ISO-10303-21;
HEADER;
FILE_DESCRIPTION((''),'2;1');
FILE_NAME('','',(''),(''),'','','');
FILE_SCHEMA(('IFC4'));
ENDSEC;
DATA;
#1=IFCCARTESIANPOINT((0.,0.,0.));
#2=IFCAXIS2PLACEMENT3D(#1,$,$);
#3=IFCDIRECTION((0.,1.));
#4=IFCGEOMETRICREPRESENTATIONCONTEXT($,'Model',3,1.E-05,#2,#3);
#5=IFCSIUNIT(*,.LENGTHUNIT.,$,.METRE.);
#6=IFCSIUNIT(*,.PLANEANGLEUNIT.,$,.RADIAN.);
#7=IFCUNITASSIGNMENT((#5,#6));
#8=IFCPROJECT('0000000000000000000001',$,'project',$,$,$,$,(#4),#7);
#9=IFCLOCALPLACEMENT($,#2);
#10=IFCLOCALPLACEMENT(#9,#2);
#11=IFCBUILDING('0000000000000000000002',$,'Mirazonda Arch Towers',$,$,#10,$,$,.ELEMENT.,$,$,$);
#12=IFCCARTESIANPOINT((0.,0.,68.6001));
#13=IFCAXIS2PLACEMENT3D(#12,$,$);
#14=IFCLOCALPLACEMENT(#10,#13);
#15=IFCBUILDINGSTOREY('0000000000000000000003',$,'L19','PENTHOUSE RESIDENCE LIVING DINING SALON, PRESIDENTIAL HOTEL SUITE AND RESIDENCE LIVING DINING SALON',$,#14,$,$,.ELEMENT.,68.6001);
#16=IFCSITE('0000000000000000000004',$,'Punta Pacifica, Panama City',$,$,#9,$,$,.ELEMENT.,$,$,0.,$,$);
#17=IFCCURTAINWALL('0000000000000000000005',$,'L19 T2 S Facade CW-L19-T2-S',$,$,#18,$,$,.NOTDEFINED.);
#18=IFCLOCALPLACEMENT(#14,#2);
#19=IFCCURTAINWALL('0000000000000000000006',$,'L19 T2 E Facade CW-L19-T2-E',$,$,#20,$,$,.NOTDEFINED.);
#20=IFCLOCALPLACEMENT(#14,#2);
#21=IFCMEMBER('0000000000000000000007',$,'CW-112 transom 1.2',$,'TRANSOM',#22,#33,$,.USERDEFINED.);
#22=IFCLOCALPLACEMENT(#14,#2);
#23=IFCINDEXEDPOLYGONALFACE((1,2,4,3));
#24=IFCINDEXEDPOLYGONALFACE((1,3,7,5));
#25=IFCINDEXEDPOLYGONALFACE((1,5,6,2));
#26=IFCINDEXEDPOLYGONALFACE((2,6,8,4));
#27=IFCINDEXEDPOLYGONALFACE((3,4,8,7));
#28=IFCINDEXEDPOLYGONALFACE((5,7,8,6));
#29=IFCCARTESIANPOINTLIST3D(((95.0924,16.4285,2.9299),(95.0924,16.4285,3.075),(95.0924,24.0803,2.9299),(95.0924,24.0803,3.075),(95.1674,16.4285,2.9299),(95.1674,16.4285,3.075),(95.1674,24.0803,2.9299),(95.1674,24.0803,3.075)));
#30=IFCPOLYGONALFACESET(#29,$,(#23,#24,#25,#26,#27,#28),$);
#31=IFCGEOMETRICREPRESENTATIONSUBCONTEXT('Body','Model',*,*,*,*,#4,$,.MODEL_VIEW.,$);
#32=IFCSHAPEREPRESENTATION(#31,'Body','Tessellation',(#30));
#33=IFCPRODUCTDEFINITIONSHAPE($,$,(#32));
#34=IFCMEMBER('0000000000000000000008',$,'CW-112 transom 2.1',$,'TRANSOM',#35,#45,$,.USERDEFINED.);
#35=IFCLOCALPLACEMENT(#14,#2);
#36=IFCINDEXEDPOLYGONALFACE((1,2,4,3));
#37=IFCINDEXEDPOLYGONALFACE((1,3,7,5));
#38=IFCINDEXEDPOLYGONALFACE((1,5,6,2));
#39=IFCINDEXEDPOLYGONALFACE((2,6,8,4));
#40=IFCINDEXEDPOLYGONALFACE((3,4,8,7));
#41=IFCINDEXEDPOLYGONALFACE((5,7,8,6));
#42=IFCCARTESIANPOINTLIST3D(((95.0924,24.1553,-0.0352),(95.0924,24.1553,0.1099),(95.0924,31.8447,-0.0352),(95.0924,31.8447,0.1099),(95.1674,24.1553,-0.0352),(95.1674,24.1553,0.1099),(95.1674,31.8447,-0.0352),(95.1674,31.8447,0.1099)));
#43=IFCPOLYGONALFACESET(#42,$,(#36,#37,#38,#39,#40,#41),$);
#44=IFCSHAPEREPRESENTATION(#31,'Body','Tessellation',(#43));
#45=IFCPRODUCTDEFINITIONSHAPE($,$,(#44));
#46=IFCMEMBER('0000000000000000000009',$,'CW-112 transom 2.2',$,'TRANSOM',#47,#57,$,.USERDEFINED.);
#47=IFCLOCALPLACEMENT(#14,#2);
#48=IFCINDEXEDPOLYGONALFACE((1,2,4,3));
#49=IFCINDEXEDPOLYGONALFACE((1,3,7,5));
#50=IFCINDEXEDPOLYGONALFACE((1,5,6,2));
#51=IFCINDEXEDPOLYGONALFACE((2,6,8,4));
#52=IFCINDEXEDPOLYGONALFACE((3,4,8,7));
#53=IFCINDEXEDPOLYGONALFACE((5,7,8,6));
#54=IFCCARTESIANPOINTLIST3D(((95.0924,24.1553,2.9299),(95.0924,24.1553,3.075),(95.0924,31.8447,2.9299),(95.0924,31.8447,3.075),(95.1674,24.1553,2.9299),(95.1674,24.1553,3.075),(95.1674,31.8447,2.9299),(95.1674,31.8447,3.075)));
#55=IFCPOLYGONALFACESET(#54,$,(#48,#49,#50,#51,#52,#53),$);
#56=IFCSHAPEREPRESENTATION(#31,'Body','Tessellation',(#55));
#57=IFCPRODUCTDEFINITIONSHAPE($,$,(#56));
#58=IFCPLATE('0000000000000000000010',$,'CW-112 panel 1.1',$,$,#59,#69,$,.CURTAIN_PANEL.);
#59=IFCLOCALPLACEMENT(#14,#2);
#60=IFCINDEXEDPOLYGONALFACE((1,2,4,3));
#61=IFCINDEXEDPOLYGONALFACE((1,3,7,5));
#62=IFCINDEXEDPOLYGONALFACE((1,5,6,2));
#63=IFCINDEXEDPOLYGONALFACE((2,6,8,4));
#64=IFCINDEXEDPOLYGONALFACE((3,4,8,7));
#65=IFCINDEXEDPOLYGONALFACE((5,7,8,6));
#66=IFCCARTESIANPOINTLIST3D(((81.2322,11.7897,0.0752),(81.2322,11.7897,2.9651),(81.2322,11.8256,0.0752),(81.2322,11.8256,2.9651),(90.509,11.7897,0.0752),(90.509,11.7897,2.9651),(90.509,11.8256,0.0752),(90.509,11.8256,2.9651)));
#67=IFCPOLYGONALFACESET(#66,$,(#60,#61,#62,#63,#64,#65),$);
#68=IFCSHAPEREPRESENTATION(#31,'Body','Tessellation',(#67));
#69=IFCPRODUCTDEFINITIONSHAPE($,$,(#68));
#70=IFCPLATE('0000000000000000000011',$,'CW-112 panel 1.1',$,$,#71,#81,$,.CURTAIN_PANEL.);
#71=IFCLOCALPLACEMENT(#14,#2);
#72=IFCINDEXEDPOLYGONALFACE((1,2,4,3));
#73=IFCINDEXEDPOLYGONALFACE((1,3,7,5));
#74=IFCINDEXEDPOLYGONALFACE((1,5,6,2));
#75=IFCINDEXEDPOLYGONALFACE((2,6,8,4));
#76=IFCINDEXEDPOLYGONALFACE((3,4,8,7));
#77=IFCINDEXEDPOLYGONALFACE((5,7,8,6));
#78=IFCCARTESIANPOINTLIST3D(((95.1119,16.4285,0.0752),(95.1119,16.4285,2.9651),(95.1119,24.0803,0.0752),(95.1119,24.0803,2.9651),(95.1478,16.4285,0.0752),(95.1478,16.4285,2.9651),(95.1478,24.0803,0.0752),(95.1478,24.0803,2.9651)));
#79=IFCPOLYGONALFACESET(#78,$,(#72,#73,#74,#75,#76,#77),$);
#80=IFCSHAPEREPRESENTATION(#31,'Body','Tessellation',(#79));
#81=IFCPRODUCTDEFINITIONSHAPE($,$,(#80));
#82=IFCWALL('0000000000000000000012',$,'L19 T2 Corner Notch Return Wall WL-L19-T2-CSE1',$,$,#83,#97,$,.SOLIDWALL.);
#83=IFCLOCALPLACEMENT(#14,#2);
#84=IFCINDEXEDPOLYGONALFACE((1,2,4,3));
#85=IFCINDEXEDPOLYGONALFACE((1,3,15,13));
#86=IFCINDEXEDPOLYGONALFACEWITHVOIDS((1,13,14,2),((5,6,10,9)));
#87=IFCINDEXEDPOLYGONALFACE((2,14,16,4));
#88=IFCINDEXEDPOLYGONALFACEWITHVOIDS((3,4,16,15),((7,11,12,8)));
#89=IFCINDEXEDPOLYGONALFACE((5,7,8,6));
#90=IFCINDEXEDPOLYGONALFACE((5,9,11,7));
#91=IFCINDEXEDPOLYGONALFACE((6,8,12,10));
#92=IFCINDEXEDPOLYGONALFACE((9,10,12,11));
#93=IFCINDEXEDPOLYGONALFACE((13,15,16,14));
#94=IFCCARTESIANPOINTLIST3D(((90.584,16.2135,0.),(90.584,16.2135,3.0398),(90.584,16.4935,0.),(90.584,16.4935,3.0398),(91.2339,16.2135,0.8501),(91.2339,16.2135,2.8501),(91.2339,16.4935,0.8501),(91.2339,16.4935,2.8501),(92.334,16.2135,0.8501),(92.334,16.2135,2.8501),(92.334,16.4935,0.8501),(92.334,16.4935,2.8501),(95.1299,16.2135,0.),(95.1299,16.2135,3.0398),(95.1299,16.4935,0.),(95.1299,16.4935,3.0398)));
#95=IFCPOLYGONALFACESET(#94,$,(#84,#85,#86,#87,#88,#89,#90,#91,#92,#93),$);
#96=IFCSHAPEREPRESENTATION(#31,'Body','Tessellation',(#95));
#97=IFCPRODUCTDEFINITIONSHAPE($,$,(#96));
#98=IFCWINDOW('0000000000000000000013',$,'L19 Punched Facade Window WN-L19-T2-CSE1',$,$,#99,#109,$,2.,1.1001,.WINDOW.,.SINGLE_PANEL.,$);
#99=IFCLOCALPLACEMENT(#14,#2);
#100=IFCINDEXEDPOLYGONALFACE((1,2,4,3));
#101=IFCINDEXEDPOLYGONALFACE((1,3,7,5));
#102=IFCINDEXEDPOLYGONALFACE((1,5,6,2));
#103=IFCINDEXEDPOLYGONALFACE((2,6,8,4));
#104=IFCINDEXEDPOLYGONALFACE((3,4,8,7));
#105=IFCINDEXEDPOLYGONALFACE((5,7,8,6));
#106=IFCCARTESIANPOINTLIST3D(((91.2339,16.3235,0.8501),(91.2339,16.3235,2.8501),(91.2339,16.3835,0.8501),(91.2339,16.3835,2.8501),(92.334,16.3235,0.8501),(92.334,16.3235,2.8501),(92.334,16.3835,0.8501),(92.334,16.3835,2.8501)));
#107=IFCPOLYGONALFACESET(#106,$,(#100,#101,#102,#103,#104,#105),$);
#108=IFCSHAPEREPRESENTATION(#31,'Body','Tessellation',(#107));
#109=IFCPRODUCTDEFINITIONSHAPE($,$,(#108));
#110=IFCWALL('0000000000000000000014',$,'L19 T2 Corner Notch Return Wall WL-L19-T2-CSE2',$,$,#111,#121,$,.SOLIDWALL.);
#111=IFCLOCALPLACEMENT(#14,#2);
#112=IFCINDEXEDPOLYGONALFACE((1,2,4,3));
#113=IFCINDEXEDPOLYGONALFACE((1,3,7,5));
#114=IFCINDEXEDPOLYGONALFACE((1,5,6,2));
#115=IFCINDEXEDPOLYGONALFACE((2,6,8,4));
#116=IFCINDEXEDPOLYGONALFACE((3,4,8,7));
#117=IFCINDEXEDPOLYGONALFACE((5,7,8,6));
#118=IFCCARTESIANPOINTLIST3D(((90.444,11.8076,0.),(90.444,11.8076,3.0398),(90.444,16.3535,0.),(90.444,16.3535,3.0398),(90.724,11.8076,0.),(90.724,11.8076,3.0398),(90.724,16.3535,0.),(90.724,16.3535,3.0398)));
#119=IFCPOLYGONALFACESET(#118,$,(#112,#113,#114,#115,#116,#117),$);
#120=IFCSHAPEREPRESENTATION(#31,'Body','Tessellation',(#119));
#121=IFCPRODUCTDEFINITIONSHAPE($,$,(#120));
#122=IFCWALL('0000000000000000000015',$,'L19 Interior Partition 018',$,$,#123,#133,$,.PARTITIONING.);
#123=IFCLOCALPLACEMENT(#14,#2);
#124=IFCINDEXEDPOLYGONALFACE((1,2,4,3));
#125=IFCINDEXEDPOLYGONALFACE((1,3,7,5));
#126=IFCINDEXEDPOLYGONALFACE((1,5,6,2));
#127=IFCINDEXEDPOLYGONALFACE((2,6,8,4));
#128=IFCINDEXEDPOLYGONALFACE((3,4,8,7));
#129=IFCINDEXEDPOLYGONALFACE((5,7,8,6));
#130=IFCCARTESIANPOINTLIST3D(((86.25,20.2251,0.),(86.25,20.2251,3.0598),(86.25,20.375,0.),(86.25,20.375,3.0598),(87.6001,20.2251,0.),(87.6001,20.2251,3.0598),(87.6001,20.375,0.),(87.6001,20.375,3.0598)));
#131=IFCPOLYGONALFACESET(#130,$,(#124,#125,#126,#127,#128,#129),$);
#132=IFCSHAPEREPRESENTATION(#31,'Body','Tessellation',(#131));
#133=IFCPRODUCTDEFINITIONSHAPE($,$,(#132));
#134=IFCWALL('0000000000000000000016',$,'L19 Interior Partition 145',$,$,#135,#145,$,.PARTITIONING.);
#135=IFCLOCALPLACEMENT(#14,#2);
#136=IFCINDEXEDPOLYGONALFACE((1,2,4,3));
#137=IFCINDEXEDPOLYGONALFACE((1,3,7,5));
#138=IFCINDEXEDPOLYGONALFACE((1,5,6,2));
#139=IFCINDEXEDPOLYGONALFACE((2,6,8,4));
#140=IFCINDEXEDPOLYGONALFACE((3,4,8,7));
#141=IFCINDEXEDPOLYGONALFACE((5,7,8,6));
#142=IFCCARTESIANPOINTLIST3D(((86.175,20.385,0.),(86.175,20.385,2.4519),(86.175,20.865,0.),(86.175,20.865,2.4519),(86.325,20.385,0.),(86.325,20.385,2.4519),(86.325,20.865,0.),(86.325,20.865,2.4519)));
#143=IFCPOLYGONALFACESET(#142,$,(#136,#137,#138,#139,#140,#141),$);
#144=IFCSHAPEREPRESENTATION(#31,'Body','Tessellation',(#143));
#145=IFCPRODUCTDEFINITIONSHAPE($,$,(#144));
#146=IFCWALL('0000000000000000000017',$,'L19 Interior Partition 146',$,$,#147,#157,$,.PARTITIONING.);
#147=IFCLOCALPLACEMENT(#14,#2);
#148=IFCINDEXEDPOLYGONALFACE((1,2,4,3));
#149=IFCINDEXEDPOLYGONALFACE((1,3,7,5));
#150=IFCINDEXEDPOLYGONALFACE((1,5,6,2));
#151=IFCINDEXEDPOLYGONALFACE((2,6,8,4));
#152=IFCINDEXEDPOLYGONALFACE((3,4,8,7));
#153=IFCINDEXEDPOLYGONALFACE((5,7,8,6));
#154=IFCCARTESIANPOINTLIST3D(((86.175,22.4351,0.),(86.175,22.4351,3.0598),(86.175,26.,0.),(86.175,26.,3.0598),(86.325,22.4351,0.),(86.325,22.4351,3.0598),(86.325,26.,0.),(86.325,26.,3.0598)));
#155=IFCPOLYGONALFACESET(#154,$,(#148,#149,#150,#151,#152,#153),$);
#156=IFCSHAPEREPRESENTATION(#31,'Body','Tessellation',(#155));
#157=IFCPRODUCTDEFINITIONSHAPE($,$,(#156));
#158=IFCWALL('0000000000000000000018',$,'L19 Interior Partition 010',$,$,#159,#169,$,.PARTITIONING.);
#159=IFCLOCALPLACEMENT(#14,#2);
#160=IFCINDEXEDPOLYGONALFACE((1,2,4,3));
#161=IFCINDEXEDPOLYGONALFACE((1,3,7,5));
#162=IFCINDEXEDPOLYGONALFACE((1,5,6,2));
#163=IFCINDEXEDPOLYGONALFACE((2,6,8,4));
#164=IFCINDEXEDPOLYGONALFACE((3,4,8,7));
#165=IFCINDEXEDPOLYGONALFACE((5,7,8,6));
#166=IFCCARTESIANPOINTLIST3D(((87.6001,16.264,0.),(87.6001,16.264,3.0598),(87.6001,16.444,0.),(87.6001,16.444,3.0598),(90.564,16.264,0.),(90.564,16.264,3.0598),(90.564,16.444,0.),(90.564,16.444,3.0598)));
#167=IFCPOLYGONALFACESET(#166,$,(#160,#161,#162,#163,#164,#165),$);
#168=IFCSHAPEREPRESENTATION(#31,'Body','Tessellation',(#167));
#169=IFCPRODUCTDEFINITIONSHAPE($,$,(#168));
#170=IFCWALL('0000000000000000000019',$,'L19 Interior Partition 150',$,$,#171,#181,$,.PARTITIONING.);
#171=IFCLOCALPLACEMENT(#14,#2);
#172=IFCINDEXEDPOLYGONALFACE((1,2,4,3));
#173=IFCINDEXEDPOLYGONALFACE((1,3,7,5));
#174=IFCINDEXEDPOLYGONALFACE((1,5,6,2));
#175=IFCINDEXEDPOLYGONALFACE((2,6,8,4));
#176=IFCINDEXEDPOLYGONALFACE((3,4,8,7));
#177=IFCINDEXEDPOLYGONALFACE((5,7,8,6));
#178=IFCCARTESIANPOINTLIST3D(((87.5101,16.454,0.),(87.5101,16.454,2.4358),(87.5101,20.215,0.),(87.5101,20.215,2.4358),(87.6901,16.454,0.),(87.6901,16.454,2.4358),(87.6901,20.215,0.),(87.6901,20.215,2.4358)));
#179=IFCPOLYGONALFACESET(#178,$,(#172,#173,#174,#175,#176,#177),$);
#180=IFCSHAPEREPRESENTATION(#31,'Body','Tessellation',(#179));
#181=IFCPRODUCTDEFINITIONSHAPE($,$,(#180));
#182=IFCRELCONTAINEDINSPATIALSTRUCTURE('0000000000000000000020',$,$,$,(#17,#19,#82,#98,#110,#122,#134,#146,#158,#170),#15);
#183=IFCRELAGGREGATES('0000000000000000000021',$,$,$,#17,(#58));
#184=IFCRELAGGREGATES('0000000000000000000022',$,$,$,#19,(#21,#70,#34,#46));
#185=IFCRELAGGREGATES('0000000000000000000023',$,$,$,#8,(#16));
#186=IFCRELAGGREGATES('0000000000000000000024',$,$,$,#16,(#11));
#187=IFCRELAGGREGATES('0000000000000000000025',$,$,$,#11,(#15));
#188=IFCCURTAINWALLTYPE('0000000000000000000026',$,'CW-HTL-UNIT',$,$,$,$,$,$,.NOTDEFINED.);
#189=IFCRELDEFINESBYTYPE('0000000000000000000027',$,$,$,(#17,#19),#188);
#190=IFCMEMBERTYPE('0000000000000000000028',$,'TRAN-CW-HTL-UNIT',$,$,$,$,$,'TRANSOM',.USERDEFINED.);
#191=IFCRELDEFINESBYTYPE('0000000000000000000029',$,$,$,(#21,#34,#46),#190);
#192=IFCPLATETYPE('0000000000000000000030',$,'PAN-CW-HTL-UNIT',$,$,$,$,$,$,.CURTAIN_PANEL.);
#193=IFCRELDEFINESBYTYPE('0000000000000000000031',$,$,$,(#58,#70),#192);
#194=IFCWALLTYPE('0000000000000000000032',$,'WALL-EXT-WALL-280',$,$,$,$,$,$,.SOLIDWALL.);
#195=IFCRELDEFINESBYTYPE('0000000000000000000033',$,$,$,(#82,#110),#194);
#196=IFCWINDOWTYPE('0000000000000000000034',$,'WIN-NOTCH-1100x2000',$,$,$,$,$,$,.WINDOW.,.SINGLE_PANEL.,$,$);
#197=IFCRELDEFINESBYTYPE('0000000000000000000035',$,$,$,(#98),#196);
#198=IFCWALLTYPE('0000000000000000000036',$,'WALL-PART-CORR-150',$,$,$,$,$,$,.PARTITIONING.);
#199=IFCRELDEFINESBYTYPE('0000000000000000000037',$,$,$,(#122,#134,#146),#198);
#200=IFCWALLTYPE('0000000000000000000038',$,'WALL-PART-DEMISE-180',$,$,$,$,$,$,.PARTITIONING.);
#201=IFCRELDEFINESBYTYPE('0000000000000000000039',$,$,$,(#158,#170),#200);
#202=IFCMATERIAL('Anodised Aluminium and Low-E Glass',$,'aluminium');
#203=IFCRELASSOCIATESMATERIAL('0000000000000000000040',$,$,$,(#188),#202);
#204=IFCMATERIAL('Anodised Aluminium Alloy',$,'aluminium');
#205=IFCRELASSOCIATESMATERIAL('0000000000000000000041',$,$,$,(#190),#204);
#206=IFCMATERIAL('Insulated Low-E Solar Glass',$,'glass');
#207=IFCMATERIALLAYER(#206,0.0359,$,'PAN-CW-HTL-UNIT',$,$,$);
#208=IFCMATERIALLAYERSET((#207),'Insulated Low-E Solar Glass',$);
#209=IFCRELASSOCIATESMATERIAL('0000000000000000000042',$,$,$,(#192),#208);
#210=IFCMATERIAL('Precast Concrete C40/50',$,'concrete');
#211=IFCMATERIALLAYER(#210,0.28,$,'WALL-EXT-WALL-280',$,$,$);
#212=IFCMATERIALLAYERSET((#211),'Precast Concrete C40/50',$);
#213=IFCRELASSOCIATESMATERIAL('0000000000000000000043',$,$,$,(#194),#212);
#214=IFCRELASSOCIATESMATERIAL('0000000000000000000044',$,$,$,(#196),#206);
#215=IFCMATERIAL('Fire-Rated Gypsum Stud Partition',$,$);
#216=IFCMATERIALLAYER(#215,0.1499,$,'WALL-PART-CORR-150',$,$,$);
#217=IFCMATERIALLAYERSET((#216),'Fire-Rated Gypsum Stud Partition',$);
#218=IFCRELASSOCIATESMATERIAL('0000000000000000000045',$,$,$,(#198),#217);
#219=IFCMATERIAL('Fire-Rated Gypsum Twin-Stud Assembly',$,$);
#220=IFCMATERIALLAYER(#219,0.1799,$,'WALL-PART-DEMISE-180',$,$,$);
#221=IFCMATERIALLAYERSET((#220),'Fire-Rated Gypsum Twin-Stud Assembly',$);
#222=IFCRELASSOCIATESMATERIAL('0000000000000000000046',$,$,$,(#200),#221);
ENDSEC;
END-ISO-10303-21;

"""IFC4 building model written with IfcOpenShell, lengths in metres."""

from ifc_helpers import new_model, si_unit, direction, frame, frame_2d, origin, origin_2d, place, context, subcontext, project, spatial, rectangle, extrude, material, layer, layer_set, material_profile, profile_set, type_object, element, fill, aggregate, save


model = new_model("IFC4")

# Units and contexts
model_context = context("Model", 3, precision=1e-05, world=origin(), true_north=direction((0.0, 1.0)))
body_context = subcontext(model_context, "Body", "Model", "MODEL_VIEW")
ifc_project = project(units=[si_unit("LENGTHUNIT", "METRE"), si_unit("PLANEANGLEUNIT", "RADIAN")], contexts=[model_context])

# Site, building, storey
site_placement = place(None, origin())
site = spatial("IfcSite", under=ifc_project, at=site_placement, Name="Punta Pacifica, Panama City", CompositionType="ELEMENT", RefElevation=0.0)
building_placement = place(site_placement, origin())
building = spatial("IfcBuilding", under=site, at=building_placement, Name="Mirazonda Arch Towers", CompositionType="ELEMENT")
storey_placement = place(building_placement, frame((0.0, 0.0, 68.6001)))
storey = spatial("IfcBuildingStorey", under=building, at=storey_placement, Name="L19", Description="PENTHOUSE RESIDENCE LIVING DINING SALON, PRESIDENTIAL HOTEL SUITE AND RESIDENCE LIVING DINING SALON", CompositionType="ELEMENT", Elevation=68.6001)

# Curtain wall
ifc_material_1 = material(Name="Anodised Aluminium and Low-E Glass", Category="aluminium")
curtain_wall_type = type_object("IfcCurtainWallType", Name="CW-HTL-UNIT", PredefinedType="NOTDEFINED", material=ifc_material_1)
curtain_wall_1_placement = place(storey_placement, origin())
curtain_wall_1 = element("IfcCurtainWall", 1, at=curtain_wall_1_placement, inside=storey, type_object=curtain_wall_type, Name="L19 T2 S Facade CW-L19-T2-S", PredefinedType="NOTDEFINED")
ifc_material_2 = material(Name="Anodised Aluminium Alloy", Category="aluminium")

# Curtain wall
curtain_wall_2_placement = place(storey_placement, origin())
curtain_wall_2 = element("IfcCurtainWall", 2, at=curtain_wall_2_placement, inside=storey, type_object=curtain_wall_type, Name="L19 T2 E Facade CW-L19-T2-E", PredefinedType="NOTDEFINED")

# Members
ifc_material_profile_1 = material_profile(ifc_material_2, rectangle(XDim=0.075, YDim=0.145, at=origin_2d()), Name="ALU-TRAN-75x145")
ifc_profile_set_1 = profile_set([ifc_material_profile_1], Name="Anodised Aluminium Alloy")
member_type_1 = type_object("IfcMemberType", Name="TRAN-CW-HTL-UNIT", ElementType="TRANSOM", PredefinedType="USERDEFINED", material=ifc_profile_set_1)
member_1_placement = place(storey_placement, frame((95.1299, 16.4285, 3.0024), z_axis=(0.0, 1.0, 0.0), x_axis=(-1.0, 0.0, 0.0)))
member_1 = element("IfcMember", 3, at=member_1_placement, type_object=member_type_1, Name="CW-112 transom 1.2", ObjectType="TRANSOM", PredefinedType="USERDEFINED", context=body_context, shape_type="SweptSolid", body=[
    extrude(rectangle(XDim=0.075, YDim=0.145, at=origin_2d()), origin(), (0.0, 0.0, 1.0), 7.6519),
])
member_2_placement = place(storey_placement, frame((95.1299, 24.1553, 0.0374), z_axis=(0.0, 1.0, 0.0), x_axis=(-1.0, 0.0, 0.0)))
member_2 = element("IfcMember", 4, at=member_2_placement, type_object=member_type_1, Name="CW-112 transom 2.1", ObjectType="TRANSOM", PredefinedType="USERDEFINED", context=body_context, shape_type="SweptSolid", body=[
    extrude(rectangle(XDim=0.075, YDim=0.145, at=origin_2d()), origin(), (0.0, 0.0, 1.0), 7.6895),
])
member_3_placement = place(storey_placement, frame((95.1299, 24.1553, 3.0024), z_axis=(0.0, 1.0, 0.0), x_axis=(-1.0, 0.0, 0.0)))
member_3 = element("IfcMember", 5, at=member_3_placement, type_object=member_type_1, Name="CW-112 transom 2.2", ObjectType="TRANSOM", PredefinedType="USERDEFINED", context=body_context, shape_type="SweptSolid", body=[
    extrude(rectangle(XDim=0.075, YDim=0.145, at=origin_2d()), origin(), (0.0, 0.0, 1.0), 7.6895),
])

# Plates
ifc_material_3 = material(Name="Insulated Low-E Solar Glass", Category="glass")
ifc_layer_1 = layer(ifc_material_3, 0.0359, Name="PAN-CW-HTL-UNIT")
ifc_layer_set_1 = layer_set([ifc_layer_1], Name="Insulated Low-E Solar Glass")
plate_type = type_object("IfcPlateType", Name="PAN-CW-HTL-UNIT", PredefinedType="CURTAIN_PANEL", material=ifc_layer_set_1)
plate_1_placement = place(storey_placement, frame((85.8706, 11.8076, 0.0752), z_axis=(0.0, 0.0, 1.0), x_axis=(-1.0, 0.0, 0.0)))
plate_1 = element("IfcPlate", 6, at=plate_1_placement, type_object=plate_type, Name="CW-112 panel 1.1", PredefinedType="CURTAIN_PANEL", context=body_context, shape_type="SweptSolid", body=[
    extrude(rectangle(XDim=9.2769, YDim=0.0359, at=origin_2d()), origin(), (0.0, 0.0, 1.0), 2.8899),
])
aggregate(curtain_wall_1, [plate_1])
plate_2_placement = place(storey_placement, frame((95.1299, 20.2544, 0.0752), z_axis=(0.0, 0.0, 1.0), x_axis=(0.0, 1.0, 0.0)))
plate_2 = element("IfcPlate", 7, at=plate_2_placement, type_object=plate_type, Name="CW-112 panel 1.1", PredefinedType="CURTAIN_PANEL", context=body_context, shape_type="SweptSolid", body=[
    extrude(rectangle(XDim=7.6519, YDim=0.0359, at=origin_2d()), origin(), (0.0, 0.0, 1.0), 2.8899),
])
aggregate(curtain_wall_2, [member_1, plate_2, member_2, member_3])

# Wall, opening, window
ifc_material_4 = material(Name="Precast Concrete C40/50", Category="concrete")
ifc_layer_2 = layer(ifc_material_4, 0.28, Name="WALL-EXT-WALL-280")
ifc_layer_set_2 = layer_set([ifc_layer_2], Name="Precast Concrete C40/50")
wall_type_1 = type_object("IfcWallType", Name="WALL-EXT-WALL-280", PredefinedType="SOLIDWALL", material=ifc_layer_set_2)
wall_1_placement = place(storey_placement, frame((90.584, 16.3535, 0.0), z_axis=(0.0, 0.0, 1.0), x_axis=(1.0, 0.0, 0.0)))
wall_1 = element("IfcWall", 8, at=wall_1_placement, inside=storey, type_object=wall_type_1, Name="L19 T2 Corner Notch Return Wall WL-L19-T2-CSE1", PredefinedType="SOLIDWALL", context=body_context, shape_type="SweptSolid", body=[
    extrude(rectangle(XDim=4.5459, YDim=0.28, at=frame_2d((2.2729, 0.0))), origin(), (0.0, 0.0, 1.0), 3.0398),
])
opening_1_placement = place(wall_1_placement, frame((0.6499, 0.0, 0.8501)))
opening_1 = element("IfcOpeningElement", 9, at=opening_1_placement, cuts=wall_1, PredefinedType="OPENING", context=body_context, shape_type="SweptSolid", body=[
    extrude(rectangle(XDim=1.1001, YDim=2.0, at=frame_2d((0.55, 1.0))), frame((0.0, 0.1499, 0.0), z_axis=(0.0, -1.0, 0.0), x_axis=(1.0, 0.0, 0.0)), (0.0, 0.0, 1.0), 0.3),
])
window_type = type_object("IfcWindowType", Name="WIN-NOTCH-1100x2000", PartitioningType="SINGLE_PANEL", PredefinedType="WINDOW", material=ifc_material_3)
window_placement = place(opening_1_placement, origin())
window = element("IfcWindow", 10, at=window_placement, inside=storey, type_object=window_type, Name="L19 Punched Facade Window WN-L19-T2-CSE1", OverallHeight=2.0, OverallWidth=1.1001, PartitioningType="SINGLE_PANEL", PredefinedType="WINDOW", context=body_context, shape_type="SweptSolid", body=[
    extrude(rectangle(XDim=1.1001, YDim=2.0, at=frame_2d((0.55, 1.0))), frame((0.0, 0.03, 0.0), z_axis=(0.0, -1.0, 0.0), x_axis=(1.0, 0.0, 0.0)), (0.0, 0.0, 1.0), 0.0601),
])
fill(opening_1, window)

# Walls
wall_2_placement = place(storey_placement, frame((90.584, 11.8076, 0.0), z_axis=(0.0, 0.0, 1.0), x_axis=(0.0, 1.0, 0.0)))
element("IfcWall", 11, at=wall_2_placement, inside=storey, type_object=wall_type_1, Name="L19 T2 Corner Notch Return Wall WL-L19-T2-CSE2", PredefinedType="SOLIDWALL", context=body_context, shape_type="SweptSolid", body=[
    extrude(rectangle(XDim=4.5459, YDim=0.28, at=frame_2d((2.2729, 0.0))), origin(), (0.0, 0.0, 1.0), 3.0398),
])
ifc_material_5 = material(Name="Fire-Rated Gypsum Stud Partition")
ifc_layer_3 = layer(ifc_material_5, 0.1499, Name="WALL-PART-CORR-150")
ifc_layer_set_3 = layer_set([ifc_layer_3], Name="Fire-Rated Gypsum Stud Partition")
wall_type_2 = type_object("IfcWallType", Name="WALL-PART-CORR-150", PredefinedType="PARTITIONING", material=ifc_layer_set_3)
wall_3_placement = place(storey_placement, frame((86.25, 20.3, 0.0), z_axis=(0.0, 0.0, 1.0), x_axis=(1.0, 0.0, 0.0)))
element("IfcWall", 12, at=wall_3_placement, inside=storey, type_object=wall_type_2, Name="L19 Interior Partition 018", PredefinedType="PARTITIONING", context=body_context, shape_type="SweptSolid", body=[
    extrude(rectangle(XDim=1.3501, YDim=0.1499, at=frame_2d((0.675, 0.0))), origin(), (0.0, 0.0, 1.0), 3.0598),
])
wall_4_placement = place(storey_placement, frame((86.25, 20.385, 0.0), z_axis=(0.0, 0.0, 1.0), x_axis=(0.0, 1.0, 0.0)))
element("IfcWall", 13, at=wall_4_placement, inside=storey, type_object=wall_type_2, Name="L19 Interior Partition 145", PredefinedType="PARTITIONING", context=body_context, shape_type="SweptSolid", body=[
    extrude(rectangle(XDim=0.48, YDim=0.1499, at=frame_2d((0.24, 0.0))), origin(), (0.0, 0.0, 1.0), 2.4519),
])
wall_5_placement = place(storey_placement, frame((86.25, 22.4351, 0.0), z_axis=(0.0, 0.0, 1.0), x_axis=(0.0, 1.0, 0.0)))
element("IfcWall", 14, at=wall_5_placement, inside=storey, type_object=wall_type_2, Name="L19 Interior Partition 146", PredefinedType="PARTITIONING", context=body_context, shape_type="SweptSolid", body=[
    extrude(rectangle(XDim=3.5649, YDim=0.1499, at=frame_2d((1.7825, 0.0))), origin(), (0.0, 0.0, 1.0), 3.0598),
])
ifc_material_6 = material(Name="Fire-Rated Gypsum Twin-Stud Assembly")
ifc_layer_4 = layer(ifc_material_6, 0.1799, Name="WALL-PART-DEMISE-180")
ifc_layer_set_4 = layer_set([ifc_layer_4], Name="Fire-Rated Gypsum Twin-Stud Assembly")
wall_type_3 = type_object("IfcWallType", Name="WALL-PART-DEMISE-180", PredefinedType="PARTITIONING", material=ifc_layer_set_4)
wall_6_placement = place(storey_placement, frame((87.6001, 16.354, 0.0), z_axis=(0.0, 0.0, 1.0), x_axis=(1.0, 0.0, 0.0)))
element("IfcWall", 15, at=wall_6_placement, inside=storey, type_object=wall_type_3, Name="L19 Interior Partition 010", PredefinedType="PARTITIONING", context=body_context, shape_type="SweptSolid", body=[
    extrude(rectangle(XDim=2.9639, YDim=0.1799, at=frame_2d((1.4819, 0.0))), origin(), (0.0, 0.0, 1.0), 3.0598),
])

# Wall
wall_7_placement = place(storey_placement, frame((87.6001, 16.4541, 0.0), z_axis=(0.0, 0.0, 1.0), x_axis=(0.0, 1.0, 0.0)))
element("IfcWall", 16, at=wall_7_placement, inside=storey, type_object=wall_type_3, Name="L19 Interior Partition 150", PredefinedType="PARTITIONING", context=body_context, shape_type="SweptSolid", body=[
    extrude(rectangle(XDim=3.761, YDim=0.1799, at=frame_2d((1.8804, 0.0))), origin(), (0.0, 0.0, 1.0), 2.4358),
])

save(model, "model.ifc")
